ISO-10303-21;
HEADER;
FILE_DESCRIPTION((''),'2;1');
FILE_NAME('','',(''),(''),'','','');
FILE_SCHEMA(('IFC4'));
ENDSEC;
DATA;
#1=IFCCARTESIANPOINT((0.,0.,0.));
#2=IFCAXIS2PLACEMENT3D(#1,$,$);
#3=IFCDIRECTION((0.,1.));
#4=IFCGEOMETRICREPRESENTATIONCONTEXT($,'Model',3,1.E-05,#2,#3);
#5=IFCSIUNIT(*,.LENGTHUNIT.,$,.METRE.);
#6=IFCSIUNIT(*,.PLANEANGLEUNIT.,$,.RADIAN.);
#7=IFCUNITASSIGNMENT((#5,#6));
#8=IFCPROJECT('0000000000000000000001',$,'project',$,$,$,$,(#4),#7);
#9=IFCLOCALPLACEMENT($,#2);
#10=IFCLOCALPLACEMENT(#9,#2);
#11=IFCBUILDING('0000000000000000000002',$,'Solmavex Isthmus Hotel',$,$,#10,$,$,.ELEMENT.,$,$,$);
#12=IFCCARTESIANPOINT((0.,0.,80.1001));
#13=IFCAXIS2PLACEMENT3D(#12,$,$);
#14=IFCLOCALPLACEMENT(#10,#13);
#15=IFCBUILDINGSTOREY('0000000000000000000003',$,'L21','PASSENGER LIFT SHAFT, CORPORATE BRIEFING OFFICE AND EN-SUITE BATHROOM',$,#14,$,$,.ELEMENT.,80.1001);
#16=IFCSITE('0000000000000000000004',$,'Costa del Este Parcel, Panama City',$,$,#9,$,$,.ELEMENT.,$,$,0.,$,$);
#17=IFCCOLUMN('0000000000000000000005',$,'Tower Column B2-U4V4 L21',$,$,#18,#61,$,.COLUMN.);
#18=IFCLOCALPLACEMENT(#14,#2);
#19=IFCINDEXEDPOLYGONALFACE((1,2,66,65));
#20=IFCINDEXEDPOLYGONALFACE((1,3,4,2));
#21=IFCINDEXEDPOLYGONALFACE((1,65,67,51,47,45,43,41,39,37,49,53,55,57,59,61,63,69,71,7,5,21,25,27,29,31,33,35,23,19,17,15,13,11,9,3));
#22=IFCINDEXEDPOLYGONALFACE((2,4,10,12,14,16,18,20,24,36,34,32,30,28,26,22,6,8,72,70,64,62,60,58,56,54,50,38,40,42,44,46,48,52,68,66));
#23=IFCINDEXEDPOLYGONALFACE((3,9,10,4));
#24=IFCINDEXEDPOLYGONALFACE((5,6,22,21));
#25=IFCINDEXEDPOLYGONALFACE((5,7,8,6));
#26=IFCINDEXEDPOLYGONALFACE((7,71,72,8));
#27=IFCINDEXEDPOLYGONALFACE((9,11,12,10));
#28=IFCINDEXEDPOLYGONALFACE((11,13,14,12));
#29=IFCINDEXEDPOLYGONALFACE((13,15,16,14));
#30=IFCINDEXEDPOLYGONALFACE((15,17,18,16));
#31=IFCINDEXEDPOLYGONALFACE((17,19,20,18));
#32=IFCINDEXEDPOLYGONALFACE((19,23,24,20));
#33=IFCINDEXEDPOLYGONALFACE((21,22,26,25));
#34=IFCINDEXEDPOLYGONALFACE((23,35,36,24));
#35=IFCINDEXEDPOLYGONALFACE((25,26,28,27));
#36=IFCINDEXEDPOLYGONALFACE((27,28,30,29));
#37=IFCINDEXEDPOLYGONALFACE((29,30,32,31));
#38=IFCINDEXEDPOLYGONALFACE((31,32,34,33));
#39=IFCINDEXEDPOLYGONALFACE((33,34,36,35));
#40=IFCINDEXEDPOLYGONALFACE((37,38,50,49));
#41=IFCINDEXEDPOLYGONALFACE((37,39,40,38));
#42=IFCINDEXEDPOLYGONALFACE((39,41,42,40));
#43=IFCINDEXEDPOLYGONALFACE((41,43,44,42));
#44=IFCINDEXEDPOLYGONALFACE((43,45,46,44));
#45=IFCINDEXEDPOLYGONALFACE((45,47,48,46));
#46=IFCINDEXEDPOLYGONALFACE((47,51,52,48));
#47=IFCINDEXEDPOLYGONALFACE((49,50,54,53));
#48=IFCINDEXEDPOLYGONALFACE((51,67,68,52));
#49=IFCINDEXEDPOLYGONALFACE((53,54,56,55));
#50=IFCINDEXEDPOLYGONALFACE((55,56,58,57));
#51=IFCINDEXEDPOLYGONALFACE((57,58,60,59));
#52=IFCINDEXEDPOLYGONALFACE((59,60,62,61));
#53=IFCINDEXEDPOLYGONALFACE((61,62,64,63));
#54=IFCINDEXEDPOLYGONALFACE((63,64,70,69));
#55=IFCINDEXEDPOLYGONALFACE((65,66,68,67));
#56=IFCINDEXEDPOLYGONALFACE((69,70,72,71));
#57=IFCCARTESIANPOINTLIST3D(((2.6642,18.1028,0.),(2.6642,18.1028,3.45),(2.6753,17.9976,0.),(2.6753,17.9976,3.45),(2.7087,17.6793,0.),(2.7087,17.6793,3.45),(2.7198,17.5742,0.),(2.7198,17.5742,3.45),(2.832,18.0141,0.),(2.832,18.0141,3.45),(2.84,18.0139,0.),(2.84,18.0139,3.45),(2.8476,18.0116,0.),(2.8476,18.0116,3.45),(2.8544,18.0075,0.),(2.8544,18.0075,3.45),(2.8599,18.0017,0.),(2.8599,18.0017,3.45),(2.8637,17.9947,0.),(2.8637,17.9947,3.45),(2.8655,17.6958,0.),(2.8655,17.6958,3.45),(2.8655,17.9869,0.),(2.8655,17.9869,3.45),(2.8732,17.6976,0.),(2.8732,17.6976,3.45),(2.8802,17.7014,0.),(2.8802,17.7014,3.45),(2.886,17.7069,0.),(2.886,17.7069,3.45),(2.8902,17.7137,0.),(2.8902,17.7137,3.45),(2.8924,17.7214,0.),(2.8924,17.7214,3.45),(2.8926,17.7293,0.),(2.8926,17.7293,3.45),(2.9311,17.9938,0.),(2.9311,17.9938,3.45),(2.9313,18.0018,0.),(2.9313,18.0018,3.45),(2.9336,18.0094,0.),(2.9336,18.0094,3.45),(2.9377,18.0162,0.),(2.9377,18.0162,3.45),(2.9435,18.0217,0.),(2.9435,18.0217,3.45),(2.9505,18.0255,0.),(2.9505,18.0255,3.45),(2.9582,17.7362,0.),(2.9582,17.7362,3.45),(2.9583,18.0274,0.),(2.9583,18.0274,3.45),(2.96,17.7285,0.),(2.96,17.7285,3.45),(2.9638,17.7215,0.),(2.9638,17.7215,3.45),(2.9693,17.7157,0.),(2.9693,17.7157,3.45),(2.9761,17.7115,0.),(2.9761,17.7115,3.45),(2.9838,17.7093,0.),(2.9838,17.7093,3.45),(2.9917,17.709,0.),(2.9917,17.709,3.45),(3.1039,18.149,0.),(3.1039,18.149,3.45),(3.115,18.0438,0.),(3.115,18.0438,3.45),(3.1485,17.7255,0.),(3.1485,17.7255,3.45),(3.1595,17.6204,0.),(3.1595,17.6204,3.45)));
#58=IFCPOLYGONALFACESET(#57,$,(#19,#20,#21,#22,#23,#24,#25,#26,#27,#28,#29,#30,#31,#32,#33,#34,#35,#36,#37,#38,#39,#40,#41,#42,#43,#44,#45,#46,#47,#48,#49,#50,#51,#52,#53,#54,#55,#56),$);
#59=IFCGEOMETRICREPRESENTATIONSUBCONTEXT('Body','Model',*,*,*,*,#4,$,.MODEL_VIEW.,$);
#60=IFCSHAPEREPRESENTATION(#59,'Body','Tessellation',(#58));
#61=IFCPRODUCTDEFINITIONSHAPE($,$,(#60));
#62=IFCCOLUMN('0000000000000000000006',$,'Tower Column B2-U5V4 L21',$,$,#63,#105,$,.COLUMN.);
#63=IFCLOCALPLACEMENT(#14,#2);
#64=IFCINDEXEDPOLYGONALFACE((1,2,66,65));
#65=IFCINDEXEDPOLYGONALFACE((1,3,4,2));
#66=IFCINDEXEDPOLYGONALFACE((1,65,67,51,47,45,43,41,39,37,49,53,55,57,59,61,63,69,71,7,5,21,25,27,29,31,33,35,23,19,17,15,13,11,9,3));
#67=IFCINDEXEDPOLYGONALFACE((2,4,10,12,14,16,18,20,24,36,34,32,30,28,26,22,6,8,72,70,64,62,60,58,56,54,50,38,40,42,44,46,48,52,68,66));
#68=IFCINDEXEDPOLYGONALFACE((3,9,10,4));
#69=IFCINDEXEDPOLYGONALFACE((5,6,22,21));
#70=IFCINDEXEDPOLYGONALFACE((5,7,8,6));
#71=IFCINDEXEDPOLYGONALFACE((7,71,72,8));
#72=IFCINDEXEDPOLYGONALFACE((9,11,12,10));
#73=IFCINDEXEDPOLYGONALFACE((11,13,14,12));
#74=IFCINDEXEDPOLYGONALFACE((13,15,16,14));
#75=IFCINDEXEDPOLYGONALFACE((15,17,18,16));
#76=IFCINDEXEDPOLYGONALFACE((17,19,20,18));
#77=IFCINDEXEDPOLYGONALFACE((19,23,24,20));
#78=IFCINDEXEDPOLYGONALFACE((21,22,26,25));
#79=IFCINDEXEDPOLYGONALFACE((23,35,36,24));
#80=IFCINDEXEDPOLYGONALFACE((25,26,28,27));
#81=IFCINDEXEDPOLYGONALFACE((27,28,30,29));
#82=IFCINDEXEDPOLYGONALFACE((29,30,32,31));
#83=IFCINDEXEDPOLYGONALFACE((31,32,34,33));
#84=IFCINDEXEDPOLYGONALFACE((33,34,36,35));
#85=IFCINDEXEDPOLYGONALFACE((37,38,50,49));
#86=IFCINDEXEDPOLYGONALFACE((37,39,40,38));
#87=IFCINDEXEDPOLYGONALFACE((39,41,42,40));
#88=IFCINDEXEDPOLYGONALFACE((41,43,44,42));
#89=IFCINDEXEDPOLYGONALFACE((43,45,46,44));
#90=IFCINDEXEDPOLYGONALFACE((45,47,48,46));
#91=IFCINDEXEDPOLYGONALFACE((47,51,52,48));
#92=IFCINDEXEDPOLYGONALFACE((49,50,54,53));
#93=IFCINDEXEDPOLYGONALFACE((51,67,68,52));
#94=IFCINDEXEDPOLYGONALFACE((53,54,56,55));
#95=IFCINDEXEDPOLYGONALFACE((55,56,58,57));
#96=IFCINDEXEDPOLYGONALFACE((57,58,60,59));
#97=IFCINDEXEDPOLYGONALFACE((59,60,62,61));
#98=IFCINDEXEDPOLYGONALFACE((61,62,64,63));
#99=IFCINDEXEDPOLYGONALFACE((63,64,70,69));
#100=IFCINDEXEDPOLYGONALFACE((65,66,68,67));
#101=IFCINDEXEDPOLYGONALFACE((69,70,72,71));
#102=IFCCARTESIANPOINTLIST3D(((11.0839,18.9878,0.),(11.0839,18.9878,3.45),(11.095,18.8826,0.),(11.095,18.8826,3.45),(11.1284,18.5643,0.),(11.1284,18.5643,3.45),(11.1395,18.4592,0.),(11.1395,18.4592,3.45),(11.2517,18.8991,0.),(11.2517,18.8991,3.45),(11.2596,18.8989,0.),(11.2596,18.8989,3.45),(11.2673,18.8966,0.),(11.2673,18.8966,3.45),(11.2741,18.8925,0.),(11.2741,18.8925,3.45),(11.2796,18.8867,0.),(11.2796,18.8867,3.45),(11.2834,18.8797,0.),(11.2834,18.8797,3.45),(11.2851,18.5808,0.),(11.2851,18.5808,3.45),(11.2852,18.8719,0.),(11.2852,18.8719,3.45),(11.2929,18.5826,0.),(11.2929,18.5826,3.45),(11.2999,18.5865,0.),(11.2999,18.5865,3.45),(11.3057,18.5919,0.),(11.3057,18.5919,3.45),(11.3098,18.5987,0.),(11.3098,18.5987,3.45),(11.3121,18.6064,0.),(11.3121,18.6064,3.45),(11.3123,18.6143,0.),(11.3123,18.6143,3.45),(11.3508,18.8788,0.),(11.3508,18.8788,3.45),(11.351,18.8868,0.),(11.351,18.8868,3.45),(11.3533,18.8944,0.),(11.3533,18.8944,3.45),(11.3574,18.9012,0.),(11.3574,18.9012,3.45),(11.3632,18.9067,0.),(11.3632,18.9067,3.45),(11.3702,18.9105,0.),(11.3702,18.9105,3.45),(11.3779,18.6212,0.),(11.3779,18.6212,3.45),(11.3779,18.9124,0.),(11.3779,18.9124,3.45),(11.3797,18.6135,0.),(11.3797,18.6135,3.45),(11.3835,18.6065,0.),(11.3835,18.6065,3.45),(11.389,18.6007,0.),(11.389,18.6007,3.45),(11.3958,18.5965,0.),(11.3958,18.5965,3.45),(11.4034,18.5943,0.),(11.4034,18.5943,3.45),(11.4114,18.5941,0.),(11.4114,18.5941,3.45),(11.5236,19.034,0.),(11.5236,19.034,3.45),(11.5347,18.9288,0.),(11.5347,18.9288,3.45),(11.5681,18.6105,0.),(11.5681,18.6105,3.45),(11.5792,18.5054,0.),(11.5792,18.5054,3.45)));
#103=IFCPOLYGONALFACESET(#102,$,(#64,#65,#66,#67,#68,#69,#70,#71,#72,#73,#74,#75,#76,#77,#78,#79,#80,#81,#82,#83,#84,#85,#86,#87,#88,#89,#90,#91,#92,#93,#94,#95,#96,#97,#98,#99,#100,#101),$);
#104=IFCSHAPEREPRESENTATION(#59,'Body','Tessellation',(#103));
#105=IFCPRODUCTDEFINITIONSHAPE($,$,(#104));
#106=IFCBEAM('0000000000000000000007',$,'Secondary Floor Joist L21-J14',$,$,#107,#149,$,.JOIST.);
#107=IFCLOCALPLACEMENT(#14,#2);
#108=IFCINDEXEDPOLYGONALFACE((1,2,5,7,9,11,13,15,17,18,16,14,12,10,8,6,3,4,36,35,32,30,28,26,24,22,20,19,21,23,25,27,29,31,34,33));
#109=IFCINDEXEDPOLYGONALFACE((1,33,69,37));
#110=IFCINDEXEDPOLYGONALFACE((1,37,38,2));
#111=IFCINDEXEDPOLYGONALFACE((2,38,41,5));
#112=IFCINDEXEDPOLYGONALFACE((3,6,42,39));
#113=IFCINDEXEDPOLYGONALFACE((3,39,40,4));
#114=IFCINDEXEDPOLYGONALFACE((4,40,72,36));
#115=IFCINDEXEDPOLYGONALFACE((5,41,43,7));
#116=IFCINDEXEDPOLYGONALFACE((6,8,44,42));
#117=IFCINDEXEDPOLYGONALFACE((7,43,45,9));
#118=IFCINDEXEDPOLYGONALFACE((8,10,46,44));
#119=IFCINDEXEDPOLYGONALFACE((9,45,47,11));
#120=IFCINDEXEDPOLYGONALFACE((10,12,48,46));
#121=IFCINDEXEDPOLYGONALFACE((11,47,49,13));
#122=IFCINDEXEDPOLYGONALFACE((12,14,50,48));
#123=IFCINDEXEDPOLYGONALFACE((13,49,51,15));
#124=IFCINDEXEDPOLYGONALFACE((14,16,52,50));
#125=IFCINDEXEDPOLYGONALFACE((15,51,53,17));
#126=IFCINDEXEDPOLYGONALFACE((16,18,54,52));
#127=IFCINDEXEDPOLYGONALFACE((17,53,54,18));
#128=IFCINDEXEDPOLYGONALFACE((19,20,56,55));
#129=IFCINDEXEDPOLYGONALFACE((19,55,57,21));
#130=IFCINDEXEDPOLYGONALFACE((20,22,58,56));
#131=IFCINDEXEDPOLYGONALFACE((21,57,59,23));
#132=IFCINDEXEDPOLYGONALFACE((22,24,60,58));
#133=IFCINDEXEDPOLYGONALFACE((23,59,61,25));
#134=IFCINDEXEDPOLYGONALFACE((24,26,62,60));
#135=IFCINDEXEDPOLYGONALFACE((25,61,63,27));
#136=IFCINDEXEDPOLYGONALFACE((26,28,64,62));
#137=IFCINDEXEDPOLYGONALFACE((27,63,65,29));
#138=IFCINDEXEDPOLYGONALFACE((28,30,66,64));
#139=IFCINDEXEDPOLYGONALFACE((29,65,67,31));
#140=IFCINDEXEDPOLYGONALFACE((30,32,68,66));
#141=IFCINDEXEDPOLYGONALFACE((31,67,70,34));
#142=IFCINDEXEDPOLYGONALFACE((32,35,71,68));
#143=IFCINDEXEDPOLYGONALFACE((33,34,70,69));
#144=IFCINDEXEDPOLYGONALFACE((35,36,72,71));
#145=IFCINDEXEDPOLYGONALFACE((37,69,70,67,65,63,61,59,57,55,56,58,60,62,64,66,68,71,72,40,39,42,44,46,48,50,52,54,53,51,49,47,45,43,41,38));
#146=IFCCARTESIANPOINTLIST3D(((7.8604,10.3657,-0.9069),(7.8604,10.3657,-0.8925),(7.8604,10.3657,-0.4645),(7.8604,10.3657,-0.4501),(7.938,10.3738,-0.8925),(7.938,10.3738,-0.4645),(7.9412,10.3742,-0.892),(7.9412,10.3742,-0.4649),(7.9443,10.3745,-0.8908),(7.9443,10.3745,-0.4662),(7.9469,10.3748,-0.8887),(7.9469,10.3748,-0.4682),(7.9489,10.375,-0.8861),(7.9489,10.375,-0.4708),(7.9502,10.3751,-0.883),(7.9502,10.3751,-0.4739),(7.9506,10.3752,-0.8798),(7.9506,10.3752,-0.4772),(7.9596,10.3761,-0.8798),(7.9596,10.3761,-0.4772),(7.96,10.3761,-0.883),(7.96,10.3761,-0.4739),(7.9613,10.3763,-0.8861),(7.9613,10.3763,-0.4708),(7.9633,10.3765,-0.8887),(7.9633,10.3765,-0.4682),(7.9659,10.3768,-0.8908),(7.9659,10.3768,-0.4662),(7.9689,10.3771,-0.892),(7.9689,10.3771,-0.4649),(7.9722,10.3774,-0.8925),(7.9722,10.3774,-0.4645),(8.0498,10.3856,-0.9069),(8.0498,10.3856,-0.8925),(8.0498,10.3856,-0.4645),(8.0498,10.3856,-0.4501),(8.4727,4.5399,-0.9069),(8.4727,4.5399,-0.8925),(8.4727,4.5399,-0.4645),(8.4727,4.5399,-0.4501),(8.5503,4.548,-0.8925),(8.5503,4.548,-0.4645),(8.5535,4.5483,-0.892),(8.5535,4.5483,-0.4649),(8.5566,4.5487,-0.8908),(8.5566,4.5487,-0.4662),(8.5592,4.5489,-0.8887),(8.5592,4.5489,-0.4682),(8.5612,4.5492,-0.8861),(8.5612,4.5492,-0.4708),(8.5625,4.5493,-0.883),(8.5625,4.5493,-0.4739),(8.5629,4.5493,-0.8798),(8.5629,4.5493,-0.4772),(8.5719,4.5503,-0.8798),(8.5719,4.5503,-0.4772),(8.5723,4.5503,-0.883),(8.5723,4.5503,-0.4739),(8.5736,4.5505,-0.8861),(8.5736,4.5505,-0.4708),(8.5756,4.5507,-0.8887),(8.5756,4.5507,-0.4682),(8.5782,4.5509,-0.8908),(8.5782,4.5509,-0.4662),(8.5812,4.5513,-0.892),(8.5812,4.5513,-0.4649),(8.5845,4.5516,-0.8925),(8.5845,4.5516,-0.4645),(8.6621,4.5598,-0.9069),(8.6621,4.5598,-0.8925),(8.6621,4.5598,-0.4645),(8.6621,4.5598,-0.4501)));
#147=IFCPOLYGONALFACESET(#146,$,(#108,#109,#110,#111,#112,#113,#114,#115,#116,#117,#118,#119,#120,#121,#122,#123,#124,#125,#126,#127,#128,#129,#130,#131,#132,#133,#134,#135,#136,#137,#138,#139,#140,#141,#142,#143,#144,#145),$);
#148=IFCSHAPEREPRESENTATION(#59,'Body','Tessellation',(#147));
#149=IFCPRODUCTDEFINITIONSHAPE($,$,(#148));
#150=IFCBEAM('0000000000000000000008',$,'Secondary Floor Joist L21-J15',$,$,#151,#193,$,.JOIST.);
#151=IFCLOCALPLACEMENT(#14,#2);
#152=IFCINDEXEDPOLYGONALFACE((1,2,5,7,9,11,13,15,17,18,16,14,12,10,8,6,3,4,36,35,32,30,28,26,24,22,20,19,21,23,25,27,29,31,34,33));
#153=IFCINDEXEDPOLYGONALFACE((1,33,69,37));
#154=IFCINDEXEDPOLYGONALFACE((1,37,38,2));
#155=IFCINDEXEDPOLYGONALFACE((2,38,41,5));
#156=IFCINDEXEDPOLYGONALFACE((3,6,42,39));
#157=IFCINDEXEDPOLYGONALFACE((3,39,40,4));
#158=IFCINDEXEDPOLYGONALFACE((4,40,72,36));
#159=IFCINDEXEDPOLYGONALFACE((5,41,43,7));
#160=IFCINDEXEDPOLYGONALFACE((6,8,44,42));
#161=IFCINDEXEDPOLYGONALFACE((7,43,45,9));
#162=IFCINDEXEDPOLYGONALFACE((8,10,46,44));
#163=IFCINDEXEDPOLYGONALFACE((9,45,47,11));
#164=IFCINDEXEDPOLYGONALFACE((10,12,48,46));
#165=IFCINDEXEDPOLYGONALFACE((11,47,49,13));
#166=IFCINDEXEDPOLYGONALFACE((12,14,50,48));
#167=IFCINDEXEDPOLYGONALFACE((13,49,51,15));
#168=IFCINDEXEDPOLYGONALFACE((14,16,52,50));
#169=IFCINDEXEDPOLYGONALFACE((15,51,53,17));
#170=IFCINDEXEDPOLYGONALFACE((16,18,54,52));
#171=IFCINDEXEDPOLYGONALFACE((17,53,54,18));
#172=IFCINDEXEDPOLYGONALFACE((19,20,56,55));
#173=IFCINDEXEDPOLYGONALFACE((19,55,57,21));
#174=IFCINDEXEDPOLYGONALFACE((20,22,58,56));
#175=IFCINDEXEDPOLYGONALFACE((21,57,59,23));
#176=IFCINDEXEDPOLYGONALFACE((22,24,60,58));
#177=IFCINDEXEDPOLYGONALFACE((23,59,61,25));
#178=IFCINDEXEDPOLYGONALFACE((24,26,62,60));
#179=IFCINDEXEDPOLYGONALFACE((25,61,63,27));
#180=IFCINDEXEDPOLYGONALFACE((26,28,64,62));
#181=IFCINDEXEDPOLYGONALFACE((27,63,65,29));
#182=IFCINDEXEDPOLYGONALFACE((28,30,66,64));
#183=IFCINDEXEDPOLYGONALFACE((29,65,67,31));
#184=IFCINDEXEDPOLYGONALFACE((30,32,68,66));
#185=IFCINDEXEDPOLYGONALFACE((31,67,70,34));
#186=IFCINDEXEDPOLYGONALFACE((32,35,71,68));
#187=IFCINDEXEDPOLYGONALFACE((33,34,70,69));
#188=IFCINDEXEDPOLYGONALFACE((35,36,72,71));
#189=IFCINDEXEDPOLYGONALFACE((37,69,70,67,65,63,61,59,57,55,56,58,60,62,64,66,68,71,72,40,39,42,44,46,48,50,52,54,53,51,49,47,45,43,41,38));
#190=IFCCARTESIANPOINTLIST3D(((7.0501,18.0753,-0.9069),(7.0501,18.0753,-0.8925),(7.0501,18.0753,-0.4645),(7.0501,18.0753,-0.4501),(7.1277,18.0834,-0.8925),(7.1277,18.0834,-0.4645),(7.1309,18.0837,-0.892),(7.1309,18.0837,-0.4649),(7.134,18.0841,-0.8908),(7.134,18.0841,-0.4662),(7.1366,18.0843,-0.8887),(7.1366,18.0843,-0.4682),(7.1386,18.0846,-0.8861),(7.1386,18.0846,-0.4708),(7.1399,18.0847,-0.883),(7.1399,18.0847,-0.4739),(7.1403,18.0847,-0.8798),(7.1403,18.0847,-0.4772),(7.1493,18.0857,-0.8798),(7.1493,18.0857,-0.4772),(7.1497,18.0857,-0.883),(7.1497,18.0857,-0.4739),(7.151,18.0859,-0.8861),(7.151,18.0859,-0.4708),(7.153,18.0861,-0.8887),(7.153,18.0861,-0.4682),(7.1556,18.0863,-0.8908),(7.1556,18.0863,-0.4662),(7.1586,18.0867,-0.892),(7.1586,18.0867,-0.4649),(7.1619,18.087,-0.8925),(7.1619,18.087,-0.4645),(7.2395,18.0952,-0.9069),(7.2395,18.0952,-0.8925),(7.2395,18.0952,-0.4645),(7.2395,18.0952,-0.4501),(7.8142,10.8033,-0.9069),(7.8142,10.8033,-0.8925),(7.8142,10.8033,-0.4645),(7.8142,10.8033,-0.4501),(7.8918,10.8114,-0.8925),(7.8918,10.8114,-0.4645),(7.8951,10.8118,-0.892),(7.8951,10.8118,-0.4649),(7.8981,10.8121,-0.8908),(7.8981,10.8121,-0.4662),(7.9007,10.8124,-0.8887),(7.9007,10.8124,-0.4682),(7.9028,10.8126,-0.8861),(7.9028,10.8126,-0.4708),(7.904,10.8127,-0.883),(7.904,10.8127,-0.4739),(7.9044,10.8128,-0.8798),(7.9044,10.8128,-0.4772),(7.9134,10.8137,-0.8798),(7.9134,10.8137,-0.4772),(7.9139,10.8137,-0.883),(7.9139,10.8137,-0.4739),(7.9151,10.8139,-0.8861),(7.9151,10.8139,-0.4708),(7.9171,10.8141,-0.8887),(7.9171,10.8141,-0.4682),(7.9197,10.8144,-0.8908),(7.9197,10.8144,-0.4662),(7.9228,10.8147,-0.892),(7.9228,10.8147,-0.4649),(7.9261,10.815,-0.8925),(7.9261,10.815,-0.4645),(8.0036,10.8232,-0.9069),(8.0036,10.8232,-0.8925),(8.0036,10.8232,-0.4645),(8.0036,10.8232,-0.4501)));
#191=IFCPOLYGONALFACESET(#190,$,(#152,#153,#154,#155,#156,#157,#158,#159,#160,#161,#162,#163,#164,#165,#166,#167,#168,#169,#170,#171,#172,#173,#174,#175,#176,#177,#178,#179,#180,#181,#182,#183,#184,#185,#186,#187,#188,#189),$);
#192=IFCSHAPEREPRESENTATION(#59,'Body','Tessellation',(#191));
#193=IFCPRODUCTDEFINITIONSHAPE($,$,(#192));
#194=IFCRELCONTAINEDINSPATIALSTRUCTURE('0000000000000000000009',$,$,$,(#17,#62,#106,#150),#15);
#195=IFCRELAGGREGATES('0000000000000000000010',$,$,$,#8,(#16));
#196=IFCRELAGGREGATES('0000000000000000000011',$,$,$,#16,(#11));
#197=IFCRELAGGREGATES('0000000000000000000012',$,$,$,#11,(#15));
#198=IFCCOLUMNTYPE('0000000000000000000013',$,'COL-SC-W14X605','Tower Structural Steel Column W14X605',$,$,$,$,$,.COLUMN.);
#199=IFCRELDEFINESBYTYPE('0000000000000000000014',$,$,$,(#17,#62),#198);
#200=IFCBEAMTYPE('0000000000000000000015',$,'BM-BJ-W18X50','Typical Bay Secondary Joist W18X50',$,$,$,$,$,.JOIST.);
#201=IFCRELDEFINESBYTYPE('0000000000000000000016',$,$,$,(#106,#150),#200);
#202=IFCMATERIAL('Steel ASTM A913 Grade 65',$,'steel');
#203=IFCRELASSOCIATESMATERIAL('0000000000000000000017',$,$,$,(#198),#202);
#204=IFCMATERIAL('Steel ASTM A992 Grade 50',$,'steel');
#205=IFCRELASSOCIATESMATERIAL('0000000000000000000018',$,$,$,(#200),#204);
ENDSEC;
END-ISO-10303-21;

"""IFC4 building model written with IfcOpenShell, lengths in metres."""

from ifc_helpers import new_model, si_unit, direction, frame, origin, origin_2d, place, context, subcontext, project, spatial, i_section, extrude, material, material_profile, profile_set, type_object, element, save


model = new_model("IFC4")

# Units and contexts
model_context = context("Model", 3, precision=1e-05, world=origin(), true_north=direction((0.0, 1.0)))
body_context = subcontext(model_context, "Body", "Model", "MODEL_VIEW")
ifc_project = project(units=[si_unit("LENGTHUNIT", "METRE"), si_unit("PLANEANGLEUNIT", "RADIAN")], contexts=[model_context])

# Site, building, storey
site_placement = place(None, origin())
site = spatial("IfcSite", under=ifc_project, at=site_placement, Name="Costa del Este Parcel, Panama City", CompositionType="ELEMENT", RefElevation=0.0)
building_placement = place(site_placement, origin())
building = spatial("IfcBuilding", under=site, at=building_placement, Name="Solmavex Isthmus Hotel", CompositionType="ELEMENT")
storey_placement = place(building_placement, frame((0.0, 0.0, 80.1001)))
storey = spatial("IfcBuildingStorey", under=building, at=storey_placement, Name="L21", Description="PASSENGER LIFT SHAFT, CORPORATE BRIEFING OFFICE AND EN-SUITE BATHROOM", CompositionType="ELEMENT", Elevation=80.1001)

# Columns
ifc_material_1 = material(Name="Steel ASTM A913 Grade 65", Category="steel")
ifc_material_profile_1 = material_profile(ifc_material_1, i_section(OverallWidth=0.4421, OverallDepth=0.5315, WebThickness=0.0659, FlangeThickness=0.1057, FilletRadius=0.0305, at=origin_2d()), Name="W14X605")
ifc_profile_set_1 = profile_set([ifc_material_profile_1], Name="Steel ASTM A913 Grade 65")
column_type_1 = type_object("IfcColumnType", Name="COL-SC-W14X605", Description="Tower Structural Steel Column W14X605", PredefinedType="COLUMN", material=ifc_profile_set_1)
for number, where, z_axis, x_axis, name in (
    (1, (2.9119, 17.8616, 0.0), (0.0, 0.0, 1.0), (0.994522, 0.104528, 0.0), "Tower Column B2-U4V4 L21"),
    (2, (11.3315, 18.7466, 0.0), (0.0, 0.0, 1.0), (0.994522, 0.104528, 0.0), "Tower Column B2-U5V4 L21"),
):
    element("IfcColumn", number, at=place(storey_placement, frame(where, z_axis=z_axis, x_axis=x_axis)), inside=storey, type_object=column_type_1, Name=name, PredefinedType="COLUMN", context=body_context, shape_type="SweptSolid", body=[
        extrude(i_section(OverallWidth=0.4421, OverallDepth=0.5315, WebThickness=0.0659, FlangeThickness=0.1057, FilletRadius=0.0305, at=origin_2d()), origin(), (0.0, 0.0, 1.0), 3.45),
    ])

# Beams
ifc_material_2 = material(Name="Steel ASTM A992 Grade 50", Category="steel")
ifc_material_profile_2 = material_profile(ifc_material_2, i_section(OverallWidth=0.1904, OverallDepth=0.4568, WebThickness=0.009, FlangeThickness=0.0144, FilletRadius=0.0127, at=origin_2d()), Name="W18X50")
ifc_profile_set_2 = profile_set([ifc_material_profile_2], Name="Steel ASTM A992 Grade 50")
beam_type_1 = type_object("IfcBeamType", Name="BM-BJ-W18X50", Description="Typical Bay Secondary Joist W18X50", PredefinedType="JOIST", material=ifc_profile_set_2)
beam_1_placement = place(storey_placement, frame((8.5674, 4.5498, -0.6785), z_axis=(-0.104524, 0.994522, 0.0), x_axis=(-0.994522, -0.104524, 0.0)))
element("IfcBeam", 3, at=beam_1_placement, inside=storey, type_object=beam_type_1, Name="Secondary Floor Joist L21-J14", PredefinedType="JOIST", context=body_context, shape_type="SweptSolid", body=[
    extrude(i_section(OverallWidth=0.1904, OverallDepth=0.4568, WebThickness=0.009, FlangeThickness=0.0144, FilletRadius=0.0127, at=origin_2d()), origin(), (0.0, 0.0, 1.0), 5.8579),
])
beam_2_placement = place(storey_placement, frame((7.9089, 10.8132, -0.6785), z_axis=(-0.104508, 0.994524, 0.0), x_axis=(-0.994524, -0.104508, 0.0)))
element("IfcBeam", 4, at=beam_2_placement, inside=storey, type_object=beam_type_1, Name="Secondary Floor Joist L21-J15", PredefinedType="JOIST", context=body_context, shape_type="SweptSolid", body=[
    extrude(i_section(OverallWidth=0.1904, OverallDepth=0.4568, WebThickness=0.009, FlangeThickness=0.0144, FilletRadius=0.0127, at=origin_2d()), origin(), (0.0, 0.0, 1.0), 7.312),
])

save(model, "model.ifc")
